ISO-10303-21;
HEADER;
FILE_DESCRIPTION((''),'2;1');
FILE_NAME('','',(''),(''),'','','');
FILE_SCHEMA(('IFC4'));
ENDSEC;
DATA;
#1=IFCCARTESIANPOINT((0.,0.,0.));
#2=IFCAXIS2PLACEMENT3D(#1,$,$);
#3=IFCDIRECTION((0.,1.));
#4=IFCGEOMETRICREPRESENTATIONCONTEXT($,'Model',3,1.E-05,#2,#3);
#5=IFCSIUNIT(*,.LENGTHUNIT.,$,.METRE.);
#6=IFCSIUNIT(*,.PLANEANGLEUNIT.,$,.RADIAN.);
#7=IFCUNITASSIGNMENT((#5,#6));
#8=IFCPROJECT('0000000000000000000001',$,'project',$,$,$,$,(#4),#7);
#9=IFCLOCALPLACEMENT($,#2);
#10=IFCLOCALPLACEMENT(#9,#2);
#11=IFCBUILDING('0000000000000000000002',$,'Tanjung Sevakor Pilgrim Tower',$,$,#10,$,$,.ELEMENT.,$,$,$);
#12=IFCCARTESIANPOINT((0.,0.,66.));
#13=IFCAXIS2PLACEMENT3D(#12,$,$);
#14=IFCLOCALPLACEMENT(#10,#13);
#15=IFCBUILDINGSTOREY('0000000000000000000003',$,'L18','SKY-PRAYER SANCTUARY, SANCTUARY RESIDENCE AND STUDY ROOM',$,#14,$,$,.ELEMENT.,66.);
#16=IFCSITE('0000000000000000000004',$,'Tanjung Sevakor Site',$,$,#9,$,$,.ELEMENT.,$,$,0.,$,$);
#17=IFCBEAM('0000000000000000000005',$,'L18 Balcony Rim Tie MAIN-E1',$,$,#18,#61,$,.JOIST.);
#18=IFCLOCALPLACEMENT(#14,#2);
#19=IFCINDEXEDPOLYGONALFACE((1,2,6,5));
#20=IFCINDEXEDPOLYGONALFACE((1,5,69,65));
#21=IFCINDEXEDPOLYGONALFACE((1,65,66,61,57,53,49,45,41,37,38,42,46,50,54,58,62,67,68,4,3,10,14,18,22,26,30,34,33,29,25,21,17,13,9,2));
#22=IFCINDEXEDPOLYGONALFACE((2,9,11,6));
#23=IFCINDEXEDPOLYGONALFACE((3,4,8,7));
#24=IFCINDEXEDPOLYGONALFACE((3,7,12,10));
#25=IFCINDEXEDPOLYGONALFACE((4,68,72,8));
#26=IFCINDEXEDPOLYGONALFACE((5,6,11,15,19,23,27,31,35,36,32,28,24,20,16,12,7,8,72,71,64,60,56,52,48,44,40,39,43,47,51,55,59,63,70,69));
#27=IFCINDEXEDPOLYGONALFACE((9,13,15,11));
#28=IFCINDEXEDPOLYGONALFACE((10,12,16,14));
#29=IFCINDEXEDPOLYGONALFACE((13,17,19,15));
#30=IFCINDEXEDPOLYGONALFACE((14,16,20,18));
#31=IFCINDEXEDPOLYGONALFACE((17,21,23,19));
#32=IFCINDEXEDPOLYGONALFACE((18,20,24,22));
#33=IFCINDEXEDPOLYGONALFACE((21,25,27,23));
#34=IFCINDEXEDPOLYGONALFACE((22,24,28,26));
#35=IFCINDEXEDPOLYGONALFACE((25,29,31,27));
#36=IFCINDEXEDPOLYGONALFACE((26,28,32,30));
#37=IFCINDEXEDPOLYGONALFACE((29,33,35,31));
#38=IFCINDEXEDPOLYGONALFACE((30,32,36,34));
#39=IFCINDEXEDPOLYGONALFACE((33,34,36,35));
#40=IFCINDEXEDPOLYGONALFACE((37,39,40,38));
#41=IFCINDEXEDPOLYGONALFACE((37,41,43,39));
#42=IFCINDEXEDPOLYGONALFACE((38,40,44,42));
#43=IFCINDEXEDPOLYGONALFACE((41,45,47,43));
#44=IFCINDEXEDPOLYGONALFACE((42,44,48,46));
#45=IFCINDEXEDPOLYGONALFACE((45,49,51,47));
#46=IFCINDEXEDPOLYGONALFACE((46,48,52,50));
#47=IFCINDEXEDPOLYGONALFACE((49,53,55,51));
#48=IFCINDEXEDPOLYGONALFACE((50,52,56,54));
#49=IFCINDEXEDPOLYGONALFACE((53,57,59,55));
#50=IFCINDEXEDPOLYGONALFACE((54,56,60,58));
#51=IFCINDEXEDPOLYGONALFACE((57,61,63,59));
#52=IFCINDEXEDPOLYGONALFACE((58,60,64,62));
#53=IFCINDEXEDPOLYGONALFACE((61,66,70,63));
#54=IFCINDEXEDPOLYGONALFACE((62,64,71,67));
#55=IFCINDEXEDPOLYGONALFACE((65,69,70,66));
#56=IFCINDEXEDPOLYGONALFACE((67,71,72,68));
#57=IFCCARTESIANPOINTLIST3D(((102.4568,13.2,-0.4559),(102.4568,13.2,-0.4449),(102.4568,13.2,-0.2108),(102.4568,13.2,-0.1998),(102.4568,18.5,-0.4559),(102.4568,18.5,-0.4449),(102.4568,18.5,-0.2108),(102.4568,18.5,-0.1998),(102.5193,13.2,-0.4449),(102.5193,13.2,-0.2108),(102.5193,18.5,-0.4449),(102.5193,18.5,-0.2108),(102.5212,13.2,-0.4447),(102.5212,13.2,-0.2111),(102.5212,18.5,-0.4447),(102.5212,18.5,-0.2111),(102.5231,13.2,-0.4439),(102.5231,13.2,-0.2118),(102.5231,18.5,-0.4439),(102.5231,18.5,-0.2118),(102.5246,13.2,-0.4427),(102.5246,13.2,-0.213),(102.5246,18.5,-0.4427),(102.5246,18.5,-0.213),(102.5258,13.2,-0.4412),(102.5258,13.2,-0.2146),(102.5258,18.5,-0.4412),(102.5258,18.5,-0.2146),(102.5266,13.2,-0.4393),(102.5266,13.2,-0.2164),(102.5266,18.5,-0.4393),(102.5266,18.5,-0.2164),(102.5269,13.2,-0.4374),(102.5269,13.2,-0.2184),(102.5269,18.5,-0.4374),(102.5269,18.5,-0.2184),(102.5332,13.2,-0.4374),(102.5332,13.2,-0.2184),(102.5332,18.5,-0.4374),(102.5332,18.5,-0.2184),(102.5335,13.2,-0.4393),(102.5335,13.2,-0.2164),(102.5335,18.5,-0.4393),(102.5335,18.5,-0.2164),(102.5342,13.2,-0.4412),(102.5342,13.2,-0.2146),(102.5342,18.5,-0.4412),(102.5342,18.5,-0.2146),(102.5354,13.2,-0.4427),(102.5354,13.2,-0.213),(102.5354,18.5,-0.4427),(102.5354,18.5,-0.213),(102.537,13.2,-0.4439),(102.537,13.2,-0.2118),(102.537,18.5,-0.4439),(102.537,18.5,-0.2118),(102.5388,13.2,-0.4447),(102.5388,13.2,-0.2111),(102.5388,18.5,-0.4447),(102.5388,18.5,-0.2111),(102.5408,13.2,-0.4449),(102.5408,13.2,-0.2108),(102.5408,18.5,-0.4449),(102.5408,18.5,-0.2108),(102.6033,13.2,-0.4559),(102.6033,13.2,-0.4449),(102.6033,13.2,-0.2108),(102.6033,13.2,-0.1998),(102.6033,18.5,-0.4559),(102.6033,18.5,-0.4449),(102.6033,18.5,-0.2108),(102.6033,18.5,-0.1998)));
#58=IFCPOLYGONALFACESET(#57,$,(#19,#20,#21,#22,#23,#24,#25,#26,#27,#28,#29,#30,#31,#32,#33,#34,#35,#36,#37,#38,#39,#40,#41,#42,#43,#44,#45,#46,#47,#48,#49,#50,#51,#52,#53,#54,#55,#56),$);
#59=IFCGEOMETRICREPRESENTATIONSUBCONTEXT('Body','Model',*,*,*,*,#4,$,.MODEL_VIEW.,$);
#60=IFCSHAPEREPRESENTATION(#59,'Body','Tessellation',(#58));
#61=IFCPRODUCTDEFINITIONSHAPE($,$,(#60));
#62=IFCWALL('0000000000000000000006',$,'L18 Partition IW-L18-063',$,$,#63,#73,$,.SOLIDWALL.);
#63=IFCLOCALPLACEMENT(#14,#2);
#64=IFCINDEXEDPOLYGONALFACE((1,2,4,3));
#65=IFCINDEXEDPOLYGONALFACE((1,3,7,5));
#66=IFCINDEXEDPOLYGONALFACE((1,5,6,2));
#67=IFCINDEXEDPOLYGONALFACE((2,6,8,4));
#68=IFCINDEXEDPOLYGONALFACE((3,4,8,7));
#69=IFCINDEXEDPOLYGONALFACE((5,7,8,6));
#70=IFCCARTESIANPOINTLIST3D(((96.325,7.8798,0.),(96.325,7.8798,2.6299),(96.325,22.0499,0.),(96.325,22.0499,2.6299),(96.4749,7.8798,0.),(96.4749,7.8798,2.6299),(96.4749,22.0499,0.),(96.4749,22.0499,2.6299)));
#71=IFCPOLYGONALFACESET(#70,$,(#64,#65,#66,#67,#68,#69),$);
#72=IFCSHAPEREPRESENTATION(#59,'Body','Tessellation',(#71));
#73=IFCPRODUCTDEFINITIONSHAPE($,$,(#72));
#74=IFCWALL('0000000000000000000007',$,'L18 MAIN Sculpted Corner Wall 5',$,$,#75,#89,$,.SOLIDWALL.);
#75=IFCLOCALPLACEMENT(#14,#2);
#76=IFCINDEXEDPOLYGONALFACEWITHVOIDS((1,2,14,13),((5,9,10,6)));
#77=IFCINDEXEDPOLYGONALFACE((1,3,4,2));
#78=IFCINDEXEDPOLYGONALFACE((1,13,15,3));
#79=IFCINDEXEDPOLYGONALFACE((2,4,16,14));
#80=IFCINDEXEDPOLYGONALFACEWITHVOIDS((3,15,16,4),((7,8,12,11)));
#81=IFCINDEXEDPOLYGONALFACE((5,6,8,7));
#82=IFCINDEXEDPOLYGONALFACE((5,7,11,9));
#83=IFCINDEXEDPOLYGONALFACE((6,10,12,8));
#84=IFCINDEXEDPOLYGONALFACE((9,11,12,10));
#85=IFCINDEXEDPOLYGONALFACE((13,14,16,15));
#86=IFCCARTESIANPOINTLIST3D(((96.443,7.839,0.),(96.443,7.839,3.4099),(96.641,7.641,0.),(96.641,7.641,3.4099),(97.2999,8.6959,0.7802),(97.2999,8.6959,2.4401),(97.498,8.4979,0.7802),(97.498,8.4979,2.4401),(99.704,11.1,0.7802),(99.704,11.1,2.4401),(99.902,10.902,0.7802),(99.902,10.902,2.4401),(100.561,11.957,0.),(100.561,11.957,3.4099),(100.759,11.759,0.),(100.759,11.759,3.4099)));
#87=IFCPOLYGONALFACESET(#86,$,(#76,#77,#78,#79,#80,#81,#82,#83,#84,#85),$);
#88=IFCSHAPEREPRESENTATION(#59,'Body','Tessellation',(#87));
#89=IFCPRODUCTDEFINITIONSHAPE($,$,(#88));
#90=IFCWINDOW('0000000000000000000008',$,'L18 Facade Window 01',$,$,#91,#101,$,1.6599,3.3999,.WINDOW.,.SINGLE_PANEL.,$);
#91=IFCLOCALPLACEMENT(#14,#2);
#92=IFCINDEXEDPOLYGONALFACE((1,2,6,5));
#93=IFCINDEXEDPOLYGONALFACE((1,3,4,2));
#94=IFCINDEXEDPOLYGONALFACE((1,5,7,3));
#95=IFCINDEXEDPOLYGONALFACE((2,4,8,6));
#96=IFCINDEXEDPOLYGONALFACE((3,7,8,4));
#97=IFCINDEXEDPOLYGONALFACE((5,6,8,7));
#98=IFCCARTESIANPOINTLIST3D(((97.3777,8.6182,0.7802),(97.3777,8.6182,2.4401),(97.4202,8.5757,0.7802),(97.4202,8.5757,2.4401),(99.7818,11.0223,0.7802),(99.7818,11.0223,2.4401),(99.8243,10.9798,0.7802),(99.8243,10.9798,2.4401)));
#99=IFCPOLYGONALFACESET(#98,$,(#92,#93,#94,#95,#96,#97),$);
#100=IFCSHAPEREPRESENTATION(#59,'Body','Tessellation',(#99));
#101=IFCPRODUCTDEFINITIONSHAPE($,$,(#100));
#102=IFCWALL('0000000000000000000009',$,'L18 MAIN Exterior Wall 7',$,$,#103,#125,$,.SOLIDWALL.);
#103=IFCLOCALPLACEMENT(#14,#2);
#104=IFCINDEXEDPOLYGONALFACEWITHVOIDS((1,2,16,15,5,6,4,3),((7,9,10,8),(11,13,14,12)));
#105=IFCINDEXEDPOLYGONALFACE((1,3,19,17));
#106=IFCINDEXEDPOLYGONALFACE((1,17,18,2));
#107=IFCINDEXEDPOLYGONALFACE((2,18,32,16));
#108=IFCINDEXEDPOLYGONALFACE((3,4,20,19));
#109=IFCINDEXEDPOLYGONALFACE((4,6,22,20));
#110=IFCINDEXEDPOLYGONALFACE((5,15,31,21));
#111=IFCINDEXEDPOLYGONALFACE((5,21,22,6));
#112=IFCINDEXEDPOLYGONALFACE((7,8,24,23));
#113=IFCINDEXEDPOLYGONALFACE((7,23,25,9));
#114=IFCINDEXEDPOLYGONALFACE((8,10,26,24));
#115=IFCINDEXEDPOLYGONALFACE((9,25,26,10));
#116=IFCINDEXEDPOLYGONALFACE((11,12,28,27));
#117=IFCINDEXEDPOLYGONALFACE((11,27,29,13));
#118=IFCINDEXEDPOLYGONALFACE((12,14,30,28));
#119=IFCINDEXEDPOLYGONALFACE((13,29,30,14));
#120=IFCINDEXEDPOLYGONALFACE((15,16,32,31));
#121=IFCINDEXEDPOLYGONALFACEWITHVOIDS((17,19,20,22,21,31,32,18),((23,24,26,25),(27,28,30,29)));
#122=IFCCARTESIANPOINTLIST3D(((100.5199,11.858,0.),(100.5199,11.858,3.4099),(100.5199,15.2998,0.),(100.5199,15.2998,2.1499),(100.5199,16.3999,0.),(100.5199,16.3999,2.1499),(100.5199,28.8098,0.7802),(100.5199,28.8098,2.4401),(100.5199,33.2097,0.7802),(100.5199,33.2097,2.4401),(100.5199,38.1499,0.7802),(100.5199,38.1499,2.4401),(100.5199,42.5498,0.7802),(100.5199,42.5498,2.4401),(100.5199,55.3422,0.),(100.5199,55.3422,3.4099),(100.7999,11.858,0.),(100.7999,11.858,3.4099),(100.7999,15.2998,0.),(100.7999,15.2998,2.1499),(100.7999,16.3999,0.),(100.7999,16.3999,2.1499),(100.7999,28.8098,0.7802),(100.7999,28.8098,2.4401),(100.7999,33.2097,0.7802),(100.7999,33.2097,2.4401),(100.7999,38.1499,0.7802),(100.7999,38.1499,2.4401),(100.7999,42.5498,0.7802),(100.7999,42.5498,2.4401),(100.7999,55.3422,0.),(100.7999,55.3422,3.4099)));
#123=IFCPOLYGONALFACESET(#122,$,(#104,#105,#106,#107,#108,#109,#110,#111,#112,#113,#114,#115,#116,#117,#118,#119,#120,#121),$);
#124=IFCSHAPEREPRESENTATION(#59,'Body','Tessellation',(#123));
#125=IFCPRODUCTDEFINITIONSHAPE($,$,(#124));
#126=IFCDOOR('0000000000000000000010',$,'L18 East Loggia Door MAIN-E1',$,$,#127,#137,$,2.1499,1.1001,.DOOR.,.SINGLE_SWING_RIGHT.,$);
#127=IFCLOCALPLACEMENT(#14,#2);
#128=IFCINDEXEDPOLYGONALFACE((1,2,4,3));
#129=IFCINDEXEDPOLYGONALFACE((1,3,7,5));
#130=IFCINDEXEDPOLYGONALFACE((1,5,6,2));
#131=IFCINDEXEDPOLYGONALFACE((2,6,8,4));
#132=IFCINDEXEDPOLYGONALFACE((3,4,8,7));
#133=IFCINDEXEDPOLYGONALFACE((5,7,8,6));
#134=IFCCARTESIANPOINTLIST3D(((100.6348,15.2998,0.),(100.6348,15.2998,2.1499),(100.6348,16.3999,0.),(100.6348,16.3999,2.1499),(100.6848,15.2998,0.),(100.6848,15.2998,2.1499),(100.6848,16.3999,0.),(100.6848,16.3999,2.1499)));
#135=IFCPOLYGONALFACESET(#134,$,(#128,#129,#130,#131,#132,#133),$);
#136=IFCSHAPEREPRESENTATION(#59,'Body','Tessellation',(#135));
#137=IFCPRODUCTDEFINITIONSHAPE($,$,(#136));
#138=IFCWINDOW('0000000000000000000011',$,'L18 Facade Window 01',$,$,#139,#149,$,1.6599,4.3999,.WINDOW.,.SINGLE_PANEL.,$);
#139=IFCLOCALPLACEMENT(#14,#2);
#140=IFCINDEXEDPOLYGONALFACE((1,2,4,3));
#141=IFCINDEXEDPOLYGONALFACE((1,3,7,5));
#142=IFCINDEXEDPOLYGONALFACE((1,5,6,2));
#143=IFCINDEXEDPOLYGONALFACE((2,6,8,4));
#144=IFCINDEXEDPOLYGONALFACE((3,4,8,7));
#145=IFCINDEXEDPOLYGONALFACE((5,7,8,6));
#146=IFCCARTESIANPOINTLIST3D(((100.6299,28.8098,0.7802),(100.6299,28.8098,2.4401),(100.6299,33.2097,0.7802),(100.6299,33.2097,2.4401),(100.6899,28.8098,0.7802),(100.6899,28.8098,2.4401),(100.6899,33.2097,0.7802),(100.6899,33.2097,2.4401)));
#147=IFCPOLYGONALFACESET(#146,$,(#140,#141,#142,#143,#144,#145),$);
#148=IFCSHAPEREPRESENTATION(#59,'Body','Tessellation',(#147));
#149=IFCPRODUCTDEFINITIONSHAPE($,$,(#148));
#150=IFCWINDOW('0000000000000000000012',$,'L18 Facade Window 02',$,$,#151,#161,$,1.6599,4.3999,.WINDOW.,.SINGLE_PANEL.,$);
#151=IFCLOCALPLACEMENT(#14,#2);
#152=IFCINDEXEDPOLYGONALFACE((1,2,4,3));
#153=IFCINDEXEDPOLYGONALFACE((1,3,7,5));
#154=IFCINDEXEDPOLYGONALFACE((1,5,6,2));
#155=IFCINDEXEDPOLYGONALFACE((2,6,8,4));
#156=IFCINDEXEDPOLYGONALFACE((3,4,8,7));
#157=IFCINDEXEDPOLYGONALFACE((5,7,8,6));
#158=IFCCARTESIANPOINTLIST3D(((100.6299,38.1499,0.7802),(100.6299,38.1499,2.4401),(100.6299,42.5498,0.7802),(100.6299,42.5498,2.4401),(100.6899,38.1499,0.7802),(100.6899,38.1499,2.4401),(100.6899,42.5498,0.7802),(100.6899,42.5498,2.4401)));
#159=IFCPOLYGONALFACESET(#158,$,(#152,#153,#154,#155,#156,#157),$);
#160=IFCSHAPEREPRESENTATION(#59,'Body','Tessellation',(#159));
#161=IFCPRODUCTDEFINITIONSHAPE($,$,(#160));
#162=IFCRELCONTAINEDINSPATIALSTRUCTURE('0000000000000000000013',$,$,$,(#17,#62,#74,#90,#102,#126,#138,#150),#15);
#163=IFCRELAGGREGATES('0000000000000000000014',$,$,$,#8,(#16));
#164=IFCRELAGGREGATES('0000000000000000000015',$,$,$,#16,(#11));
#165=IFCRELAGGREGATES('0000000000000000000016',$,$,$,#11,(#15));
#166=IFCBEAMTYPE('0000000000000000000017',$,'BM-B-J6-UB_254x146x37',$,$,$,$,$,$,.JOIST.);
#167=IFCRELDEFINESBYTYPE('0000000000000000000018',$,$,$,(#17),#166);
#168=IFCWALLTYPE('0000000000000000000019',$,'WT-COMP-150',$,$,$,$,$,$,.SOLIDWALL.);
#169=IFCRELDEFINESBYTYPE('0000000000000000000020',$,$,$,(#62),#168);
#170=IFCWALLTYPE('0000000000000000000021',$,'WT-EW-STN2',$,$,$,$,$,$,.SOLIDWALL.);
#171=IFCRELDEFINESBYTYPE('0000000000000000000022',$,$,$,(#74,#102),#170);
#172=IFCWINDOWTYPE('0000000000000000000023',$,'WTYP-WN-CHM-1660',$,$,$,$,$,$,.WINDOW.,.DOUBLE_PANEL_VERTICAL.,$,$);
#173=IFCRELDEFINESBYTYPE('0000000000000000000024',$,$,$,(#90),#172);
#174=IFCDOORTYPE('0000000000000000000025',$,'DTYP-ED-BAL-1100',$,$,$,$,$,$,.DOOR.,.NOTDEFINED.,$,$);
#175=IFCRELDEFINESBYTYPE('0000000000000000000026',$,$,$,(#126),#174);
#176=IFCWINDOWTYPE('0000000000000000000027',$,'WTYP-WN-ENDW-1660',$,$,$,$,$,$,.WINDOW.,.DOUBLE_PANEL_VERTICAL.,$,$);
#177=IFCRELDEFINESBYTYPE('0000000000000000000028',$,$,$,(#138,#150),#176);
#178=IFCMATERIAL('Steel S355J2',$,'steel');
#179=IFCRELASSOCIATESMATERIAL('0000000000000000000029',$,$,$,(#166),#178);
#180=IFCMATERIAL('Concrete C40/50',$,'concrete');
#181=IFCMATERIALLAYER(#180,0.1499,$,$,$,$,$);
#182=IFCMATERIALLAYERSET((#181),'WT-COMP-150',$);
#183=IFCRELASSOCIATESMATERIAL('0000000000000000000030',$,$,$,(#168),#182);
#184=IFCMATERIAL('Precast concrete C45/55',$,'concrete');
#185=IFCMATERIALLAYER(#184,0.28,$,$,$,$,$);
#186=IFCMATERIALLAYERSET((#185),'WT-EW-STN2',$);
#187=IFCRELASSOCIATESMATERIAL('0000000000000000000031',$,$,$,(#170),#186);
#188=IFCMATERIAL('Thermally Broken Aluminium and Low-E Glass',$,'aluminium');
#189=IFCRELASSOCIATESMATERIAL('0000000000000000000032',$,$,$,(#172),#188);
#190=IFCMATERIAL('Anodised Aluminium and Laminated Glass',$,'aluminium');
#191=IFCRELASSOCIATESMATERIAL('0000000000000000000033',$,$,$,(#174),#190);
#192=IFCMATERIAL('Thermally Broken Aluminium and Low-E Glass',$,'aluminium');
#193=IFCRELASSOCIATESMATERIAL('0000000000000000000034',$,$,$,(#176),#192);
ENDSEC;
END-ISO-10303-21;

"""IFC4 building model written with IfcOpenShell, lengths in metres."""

from ifc_helpers import new_model, si_unit, direction, frame, frame_2d, origin, origin_2d, place, context, subcontext, project, spatial, rectangle, i_section, extrude, material, layer, layer_set, material_profile, profile_set, type_object, element, fill, save


model = new_model("IFC4")

# Units and contexts
model_context = context("Model", 3, precision=1e-05, world=origin(), true_north=direction((0.0, 1.0)))
body_context = subcontext(model_context, "Body", "Model", "MODEL_VIEW")
ifc_project = project(units=[si_unit("LENGTHUNIT", "METRE"), si_unit("PLANEANGLEUNIT", "RADIAN")], contexts=[model_context])

# Site, building, storey
site_placement = place(None, origin())
site = spatial("IfcSite", under=ifc_project, at=site_placement, Name="Tanjung Sevakor Site", CompositionType="ELEMENT", RefElevation=0.0)
building_placement = place(site_placement, origin())
building = spatial("IfcBuilding", under=site, at=building_placement, Name="Tanjung Sevakor Pilgrim Tower", CompositionType="ELEMENT")
storey_placement = place(building_placement, frame((0.0, 0.0, 66.0)))
storey = spatial("IfcBuildingStorey", under=building, at=storey_placement, Name="L18", Description="SKY-PRAYER SANCTUARY, SANCTUARY RESIDENCE AND STUDY ROOM", CompositionType="ELEMENT", Elevation=66.0)

# Beam
ifc_material_1 = material(Name="Steel S355J2", Category="steel")
ifc_material_profile_1 = material_profile(ifc_material_1, i_section(OverallWidth=0.1465, OverallDepth=0.2561, WebThickness=0.0063, FlangeThickness=0.011, FilletRadius=0.0076, at=origin_2d()))
ifc_profile_set_1 = profile_set([ifc_material_profile_1], Name="Steel S355J2")
beam_type_1 = type_object("IfcBeamType", Name="BM-B-J6-UB_254x146x37", PredefinedType="JOIST", material=ifc_profile_set_1)
beam_1_placement = place(storey_placement, frame((102.53, 13.2, -0.3279), z_axis=(0.0, 1.0, 0.0), x_axis=(-1.0, 0.0, 0.0)))
element("IfcBeam", 1, at=beam_1_placement, inside=storey, type_object=beam_type_1, Name="L18 Balcony Rim Tie MAIN-E1", PredefinedType="JOIST", context=body_context, shape_type="SweptSolid", body=[
    extrude(i_section(OverallWidth=0.1465, OverallDepth=0.2561, WebThickness=0.0063, FlangeThickness=0.011, FilletRadius=0.0076, at=origin_2d()), origin(), (0.0, 0.0, 1.0), 5.3),
])

# Wall
ifc_material_2 = material(Name="Concrete C40/50", Category="concrete")
ifc_layer_1 = layer(ifc_material_2, 0.1499)
ifc_layer_set_1 = layer_set([ifc_layer_1], Name="WT-COMP-150")
wall_type_1 = type_object("IfcWallType", Name="WT-COMP-150", PredefinedType="SOLIDWALL", material=ifc_layer_set_1)
wall_1_placement = place(storey_placement, frame((96.3999, 7.8799, 0.0), z_axis=(0.0, 0.0, 1.0), x_axis=(0.0, 1.0, 0.0)))
element("IfcWall", 2, at=wall_1_placement, inside=storey, type_object=wall_type_1, Name="L18 Partition IW-L18-063", PredefinedType="SOLIDWALL", context=body_context, shape_type="SweptSolid", body=[
    extrude(rectangle(XDim=14.1702, YDim=0.1499, at=frame_2d((7.085, 0.0))), origin(), (0.0, 0.0, 1.0), 2.6299),
])

# Wall, opening, window
ifc_material_3 = material(Name="Precast concrete C45/55", Category="concrete")
ifc_layer_2 = layer(ifc_material_3, 0.28)
ifc_layer_set_2 = layer_set([ifc_layer_2], Name="WT-EW-STN2")
wall_type_2 = type_object("IfcWallType", Name="WT-EW-STN2", PredefinedType="SOLIDWALL", material=ifc_layer_set_2)
wall_2_placement = place(storey_placement, frame((96.542, 7.74, 0.0), z_axis=(0.0, 0.0, 1.0), x_axis=(0.707107, 0.707107, 0.0)))
wall_2 = element("IfcWall", 3, at=wall_2_placement, inside=storey, type_object=wall_type_2, Name="L18 MAIN Sculpted Corner Wall 5", PredefinedType="SOLIDWALL", context=body_context, shape_type="SweptSolid", body=[
    extrude(rectangle(XDim=5.8237, YDim=0.28, at=frame_2d((2.9119, 0.0))), origin(), (0.0, 0.0, 1.0), 3.4099),
])
opening_1_placement = place(wall_2_placement, frame((1.2119, 0.0, 0.78)))
opening_1 = element("IfcOpeningElement", 4, at=opening_1_placement, cuts=wall_2, PredefinedType="OPENING", context=body_context, shape_type="SweptSolid", body=[
    extrude(rectangle(XDim=3.3999, YDim=1.6599, at=frame_2d((1.7, 0.8301))), frame((0.0, 0.1499, 0.0), z_axis=(0.0, -1.0, 0.0), x_axis=(1.0, 0.0, 0.0)), (0.0, 0.0, 1.0), 0.3),
])
ifc_material_4 = material(Name="Thermally Broken Aluminium and Low-E Glass", Category="aluminium")
window_type_1 = type_object("IfcWindowType", Name="WTYP-WN-CHM-1660", PartitioningType="DOUBLE_PANEL_VERTICAL", PredefinedType="WINDOW", material=ifc_material_4)
window_1_placement = place(opening_1_placement, origin())
window_1 = element("IfcWindow", 5, at=window_1_placement, inside=storey, type_object=window_type_1, Name="L18 Facade Window 01", OverallHeight=1.6599, OverallWidth=3.3999, PartitioningType="SINGLE_PANEL", PredefinedType="WINDOW", context=body_context, shape_type="SweptSolid", body=[
    extrude(rectangle(XDim=3.3999, YDim=1.6599, at=frame_2d((1.7, 0.8301))), frame((0.0, 0.03, 0.0), z_axis=(0.0, -1.0, 0.0), x_axis=(1.0, 0.0, 0.0)), (0.0, 0.0, 1.0), 0.0601),
])
fill(opening_1, window_1)

# Wall, openings, door, windows
wall_3_placement = place(storey_placement, frame((100.6599, 11.8579, 0.0), z_axis=(0.0, 0.0, 1.0), x_axis=(0.0, 1.0, 0.0)))
wall_3 = element("IfcWall", 6, at=wall_3_placement, inside=storey, type_object=wall_type_2, Name="L18 MAIN Exterior Wall 7", PredefinedType="SOLIDWALL", context=body_context, shape_type="SweptSolid", body=[
    extrude(rectangle(XDim=43.4841, YDim=0.28, at=frame_2d((21.7422, 0.0))), origin(), (0.0, 0.0, 1.0), 3.4099),
])
opening_2_placement = place(wall_3_placement, frame((3.4419, 0.0, 0.0)))
opening_2 = element("IfcOpeningElement", 7, at=opening_2_placement, cuts=wall_3, PredefinedType="OPENING", context=body_context, shape_type="SweptSolid", body=[
    extrude(rectangle(XDim=1.1001, YDim=2.1499, at=frame_2d((0.55, 1.075))), frame((0.0, 0.1499, 0.0), z_axis=(0.0, -1.0, 0.0), x_axis=(1.0, 0.0, 0.0)), (0.0, 0.0, 1.0), 0.3),
])
opening_3_placement = place(wall_3_placement, frame((16.9519, 0.0, 0.78)))
opening_3 = element("IfcOpeningElement", 8, at=opening_3_placement, cuts=wall_3, PredefinedType="OPENING", context=body_context, shape_type="SweptSolid", body=[
    extrude(rectangle(XDim=4.3999, YDim=1.6599, at=frame_2d((2.2, 0.8301))), frame((0.0, 0.1499, 0.0), z_axis=(0.0, -1.0, 0.0), x_axis=(1.0, 0.0, 0.0)), (0.0, 0.0, 1.0), 0.3),
])
opening_4_placement = place(wall_3_placement, frame((26.292, 0.0, 0.78)))
opening_4 = element("IfcOpeningElement", 9, at=opening_4_placement, cuts=wall_3, PredefinedType="OPENING", context=body_context, shape_type="SweptSolid", body=[
    extrude(rectangle(XDim=4.3999, YDim=1.6599, at=frame_2d((2.2, 0.8301))), frame((0.0, 0.1499, 0.0), z_axis=(0.0, -1.0, 0.0), x_axis=(1.0, 0.0, 0.0)), (0.0, 0.0, 1.0), 0.3),
])
ifc_material_5 = material(Name="Anodised Aluminium and Laminated Glass", Category="aluminium")
door_type_1 = type_object("IfcDoorType", Name="DTYP-ED-BAL-1100", OperationType="NOTDEFINED", PredefinedType="DOOR", material=ifc_material_5)
door_1_placement = place(opening_2_placement, frame((1.1001, 0.0, 0.0), z_axis=(0.0, 0.0, 1.0), x_axis=(-1.0, 0.0, 0.0)))
door_1 = element("IfcDoor", 10, at=door_1_placement, inside=storey, type_object=door_type_1, Name="L18 East Loggia Door MAIN-E1", OperationType="SINGLE_SWING_RIGHT", OverallHeight=2.1499, OverallWidth=1.1001, PredefinedType="DOOR", context=body_context, shape_type="SweptSolid", body=[
    extrude(rectangle(XDim=1.1001, YDim=2.1499, at=frame_2d((0.55, 1.075))), frame((0.0, 0.0249, 0.0), z_axis=(0.0, -1.0, 0.0), x_axis=(1.0, 0.0, 0.0)), (0.0, 0.0, 1.0), 0.05),
])
fill(opening_2, door_1)
ifc_material_6 = material(Name="Thermally Broken Aluminium and Low-E Glass", Category="aluminium")
window_type_2 = type_object("IfcWindowType", Name="WTYP-WN-ENDW-1660", PartitioningType="DOUBLE_PANEL_VERTICAL", PredefinedType="WINDOW", material=ifc_material_6)
window_2_placement = place(opening_3_placement, origin())
window_2 = element("IfcWindow", 11, at=window_2_placement, inside=storey, type_object=window_type_2, Name="L18 Facade Window 01", OverallHeight=1.6599, OverallWidth=4.3999, PartitioningType="SINGLE_PANEL", PredefinedType="WINDOW", context=body_context, shape_type="SweptSolid", body=[
    extrude(rectangle(XDim=4.3999, YDim=1.6599, at=frame_2d((2.2, 0.8301))), frame((0.0, 0.03, 0.0), z_axis=(0.0, -1.0, 0.0), x_axis=(1.0, 0.0, 0.0)), (0.0, 0.0, 1.0), 0.0601),
])
fill(opening_3, window_2)
window_3_placement = place(opening_4_placement, origin())
window_3 = element("IfcWindow", 12, at=window_3_placement, inside=storey, type_object=window_type_2, Name="L18 Facade Window 02", OverallHeight=1.6599, OverallWidth=4.3999, PartitioningType="SINGLE_PANEL", PredefinedType="WINDOW", context=body_context, shape_type="SweptSolid", body=[
    extrude(rectangle(XDim=4.3999, YDim=1.6599, at=frame_2d((2.2, 0.8301))), frame((0.0, 0.03, 0.0), z_axis=(0.0, -1.0, 0.0), x_axis=(1.0, 0.0, 0.0)), (0.0, 0.0, 1.0), 0.0601),
])
fill(opening_4, window_3)

save(model, "model.ifc")
